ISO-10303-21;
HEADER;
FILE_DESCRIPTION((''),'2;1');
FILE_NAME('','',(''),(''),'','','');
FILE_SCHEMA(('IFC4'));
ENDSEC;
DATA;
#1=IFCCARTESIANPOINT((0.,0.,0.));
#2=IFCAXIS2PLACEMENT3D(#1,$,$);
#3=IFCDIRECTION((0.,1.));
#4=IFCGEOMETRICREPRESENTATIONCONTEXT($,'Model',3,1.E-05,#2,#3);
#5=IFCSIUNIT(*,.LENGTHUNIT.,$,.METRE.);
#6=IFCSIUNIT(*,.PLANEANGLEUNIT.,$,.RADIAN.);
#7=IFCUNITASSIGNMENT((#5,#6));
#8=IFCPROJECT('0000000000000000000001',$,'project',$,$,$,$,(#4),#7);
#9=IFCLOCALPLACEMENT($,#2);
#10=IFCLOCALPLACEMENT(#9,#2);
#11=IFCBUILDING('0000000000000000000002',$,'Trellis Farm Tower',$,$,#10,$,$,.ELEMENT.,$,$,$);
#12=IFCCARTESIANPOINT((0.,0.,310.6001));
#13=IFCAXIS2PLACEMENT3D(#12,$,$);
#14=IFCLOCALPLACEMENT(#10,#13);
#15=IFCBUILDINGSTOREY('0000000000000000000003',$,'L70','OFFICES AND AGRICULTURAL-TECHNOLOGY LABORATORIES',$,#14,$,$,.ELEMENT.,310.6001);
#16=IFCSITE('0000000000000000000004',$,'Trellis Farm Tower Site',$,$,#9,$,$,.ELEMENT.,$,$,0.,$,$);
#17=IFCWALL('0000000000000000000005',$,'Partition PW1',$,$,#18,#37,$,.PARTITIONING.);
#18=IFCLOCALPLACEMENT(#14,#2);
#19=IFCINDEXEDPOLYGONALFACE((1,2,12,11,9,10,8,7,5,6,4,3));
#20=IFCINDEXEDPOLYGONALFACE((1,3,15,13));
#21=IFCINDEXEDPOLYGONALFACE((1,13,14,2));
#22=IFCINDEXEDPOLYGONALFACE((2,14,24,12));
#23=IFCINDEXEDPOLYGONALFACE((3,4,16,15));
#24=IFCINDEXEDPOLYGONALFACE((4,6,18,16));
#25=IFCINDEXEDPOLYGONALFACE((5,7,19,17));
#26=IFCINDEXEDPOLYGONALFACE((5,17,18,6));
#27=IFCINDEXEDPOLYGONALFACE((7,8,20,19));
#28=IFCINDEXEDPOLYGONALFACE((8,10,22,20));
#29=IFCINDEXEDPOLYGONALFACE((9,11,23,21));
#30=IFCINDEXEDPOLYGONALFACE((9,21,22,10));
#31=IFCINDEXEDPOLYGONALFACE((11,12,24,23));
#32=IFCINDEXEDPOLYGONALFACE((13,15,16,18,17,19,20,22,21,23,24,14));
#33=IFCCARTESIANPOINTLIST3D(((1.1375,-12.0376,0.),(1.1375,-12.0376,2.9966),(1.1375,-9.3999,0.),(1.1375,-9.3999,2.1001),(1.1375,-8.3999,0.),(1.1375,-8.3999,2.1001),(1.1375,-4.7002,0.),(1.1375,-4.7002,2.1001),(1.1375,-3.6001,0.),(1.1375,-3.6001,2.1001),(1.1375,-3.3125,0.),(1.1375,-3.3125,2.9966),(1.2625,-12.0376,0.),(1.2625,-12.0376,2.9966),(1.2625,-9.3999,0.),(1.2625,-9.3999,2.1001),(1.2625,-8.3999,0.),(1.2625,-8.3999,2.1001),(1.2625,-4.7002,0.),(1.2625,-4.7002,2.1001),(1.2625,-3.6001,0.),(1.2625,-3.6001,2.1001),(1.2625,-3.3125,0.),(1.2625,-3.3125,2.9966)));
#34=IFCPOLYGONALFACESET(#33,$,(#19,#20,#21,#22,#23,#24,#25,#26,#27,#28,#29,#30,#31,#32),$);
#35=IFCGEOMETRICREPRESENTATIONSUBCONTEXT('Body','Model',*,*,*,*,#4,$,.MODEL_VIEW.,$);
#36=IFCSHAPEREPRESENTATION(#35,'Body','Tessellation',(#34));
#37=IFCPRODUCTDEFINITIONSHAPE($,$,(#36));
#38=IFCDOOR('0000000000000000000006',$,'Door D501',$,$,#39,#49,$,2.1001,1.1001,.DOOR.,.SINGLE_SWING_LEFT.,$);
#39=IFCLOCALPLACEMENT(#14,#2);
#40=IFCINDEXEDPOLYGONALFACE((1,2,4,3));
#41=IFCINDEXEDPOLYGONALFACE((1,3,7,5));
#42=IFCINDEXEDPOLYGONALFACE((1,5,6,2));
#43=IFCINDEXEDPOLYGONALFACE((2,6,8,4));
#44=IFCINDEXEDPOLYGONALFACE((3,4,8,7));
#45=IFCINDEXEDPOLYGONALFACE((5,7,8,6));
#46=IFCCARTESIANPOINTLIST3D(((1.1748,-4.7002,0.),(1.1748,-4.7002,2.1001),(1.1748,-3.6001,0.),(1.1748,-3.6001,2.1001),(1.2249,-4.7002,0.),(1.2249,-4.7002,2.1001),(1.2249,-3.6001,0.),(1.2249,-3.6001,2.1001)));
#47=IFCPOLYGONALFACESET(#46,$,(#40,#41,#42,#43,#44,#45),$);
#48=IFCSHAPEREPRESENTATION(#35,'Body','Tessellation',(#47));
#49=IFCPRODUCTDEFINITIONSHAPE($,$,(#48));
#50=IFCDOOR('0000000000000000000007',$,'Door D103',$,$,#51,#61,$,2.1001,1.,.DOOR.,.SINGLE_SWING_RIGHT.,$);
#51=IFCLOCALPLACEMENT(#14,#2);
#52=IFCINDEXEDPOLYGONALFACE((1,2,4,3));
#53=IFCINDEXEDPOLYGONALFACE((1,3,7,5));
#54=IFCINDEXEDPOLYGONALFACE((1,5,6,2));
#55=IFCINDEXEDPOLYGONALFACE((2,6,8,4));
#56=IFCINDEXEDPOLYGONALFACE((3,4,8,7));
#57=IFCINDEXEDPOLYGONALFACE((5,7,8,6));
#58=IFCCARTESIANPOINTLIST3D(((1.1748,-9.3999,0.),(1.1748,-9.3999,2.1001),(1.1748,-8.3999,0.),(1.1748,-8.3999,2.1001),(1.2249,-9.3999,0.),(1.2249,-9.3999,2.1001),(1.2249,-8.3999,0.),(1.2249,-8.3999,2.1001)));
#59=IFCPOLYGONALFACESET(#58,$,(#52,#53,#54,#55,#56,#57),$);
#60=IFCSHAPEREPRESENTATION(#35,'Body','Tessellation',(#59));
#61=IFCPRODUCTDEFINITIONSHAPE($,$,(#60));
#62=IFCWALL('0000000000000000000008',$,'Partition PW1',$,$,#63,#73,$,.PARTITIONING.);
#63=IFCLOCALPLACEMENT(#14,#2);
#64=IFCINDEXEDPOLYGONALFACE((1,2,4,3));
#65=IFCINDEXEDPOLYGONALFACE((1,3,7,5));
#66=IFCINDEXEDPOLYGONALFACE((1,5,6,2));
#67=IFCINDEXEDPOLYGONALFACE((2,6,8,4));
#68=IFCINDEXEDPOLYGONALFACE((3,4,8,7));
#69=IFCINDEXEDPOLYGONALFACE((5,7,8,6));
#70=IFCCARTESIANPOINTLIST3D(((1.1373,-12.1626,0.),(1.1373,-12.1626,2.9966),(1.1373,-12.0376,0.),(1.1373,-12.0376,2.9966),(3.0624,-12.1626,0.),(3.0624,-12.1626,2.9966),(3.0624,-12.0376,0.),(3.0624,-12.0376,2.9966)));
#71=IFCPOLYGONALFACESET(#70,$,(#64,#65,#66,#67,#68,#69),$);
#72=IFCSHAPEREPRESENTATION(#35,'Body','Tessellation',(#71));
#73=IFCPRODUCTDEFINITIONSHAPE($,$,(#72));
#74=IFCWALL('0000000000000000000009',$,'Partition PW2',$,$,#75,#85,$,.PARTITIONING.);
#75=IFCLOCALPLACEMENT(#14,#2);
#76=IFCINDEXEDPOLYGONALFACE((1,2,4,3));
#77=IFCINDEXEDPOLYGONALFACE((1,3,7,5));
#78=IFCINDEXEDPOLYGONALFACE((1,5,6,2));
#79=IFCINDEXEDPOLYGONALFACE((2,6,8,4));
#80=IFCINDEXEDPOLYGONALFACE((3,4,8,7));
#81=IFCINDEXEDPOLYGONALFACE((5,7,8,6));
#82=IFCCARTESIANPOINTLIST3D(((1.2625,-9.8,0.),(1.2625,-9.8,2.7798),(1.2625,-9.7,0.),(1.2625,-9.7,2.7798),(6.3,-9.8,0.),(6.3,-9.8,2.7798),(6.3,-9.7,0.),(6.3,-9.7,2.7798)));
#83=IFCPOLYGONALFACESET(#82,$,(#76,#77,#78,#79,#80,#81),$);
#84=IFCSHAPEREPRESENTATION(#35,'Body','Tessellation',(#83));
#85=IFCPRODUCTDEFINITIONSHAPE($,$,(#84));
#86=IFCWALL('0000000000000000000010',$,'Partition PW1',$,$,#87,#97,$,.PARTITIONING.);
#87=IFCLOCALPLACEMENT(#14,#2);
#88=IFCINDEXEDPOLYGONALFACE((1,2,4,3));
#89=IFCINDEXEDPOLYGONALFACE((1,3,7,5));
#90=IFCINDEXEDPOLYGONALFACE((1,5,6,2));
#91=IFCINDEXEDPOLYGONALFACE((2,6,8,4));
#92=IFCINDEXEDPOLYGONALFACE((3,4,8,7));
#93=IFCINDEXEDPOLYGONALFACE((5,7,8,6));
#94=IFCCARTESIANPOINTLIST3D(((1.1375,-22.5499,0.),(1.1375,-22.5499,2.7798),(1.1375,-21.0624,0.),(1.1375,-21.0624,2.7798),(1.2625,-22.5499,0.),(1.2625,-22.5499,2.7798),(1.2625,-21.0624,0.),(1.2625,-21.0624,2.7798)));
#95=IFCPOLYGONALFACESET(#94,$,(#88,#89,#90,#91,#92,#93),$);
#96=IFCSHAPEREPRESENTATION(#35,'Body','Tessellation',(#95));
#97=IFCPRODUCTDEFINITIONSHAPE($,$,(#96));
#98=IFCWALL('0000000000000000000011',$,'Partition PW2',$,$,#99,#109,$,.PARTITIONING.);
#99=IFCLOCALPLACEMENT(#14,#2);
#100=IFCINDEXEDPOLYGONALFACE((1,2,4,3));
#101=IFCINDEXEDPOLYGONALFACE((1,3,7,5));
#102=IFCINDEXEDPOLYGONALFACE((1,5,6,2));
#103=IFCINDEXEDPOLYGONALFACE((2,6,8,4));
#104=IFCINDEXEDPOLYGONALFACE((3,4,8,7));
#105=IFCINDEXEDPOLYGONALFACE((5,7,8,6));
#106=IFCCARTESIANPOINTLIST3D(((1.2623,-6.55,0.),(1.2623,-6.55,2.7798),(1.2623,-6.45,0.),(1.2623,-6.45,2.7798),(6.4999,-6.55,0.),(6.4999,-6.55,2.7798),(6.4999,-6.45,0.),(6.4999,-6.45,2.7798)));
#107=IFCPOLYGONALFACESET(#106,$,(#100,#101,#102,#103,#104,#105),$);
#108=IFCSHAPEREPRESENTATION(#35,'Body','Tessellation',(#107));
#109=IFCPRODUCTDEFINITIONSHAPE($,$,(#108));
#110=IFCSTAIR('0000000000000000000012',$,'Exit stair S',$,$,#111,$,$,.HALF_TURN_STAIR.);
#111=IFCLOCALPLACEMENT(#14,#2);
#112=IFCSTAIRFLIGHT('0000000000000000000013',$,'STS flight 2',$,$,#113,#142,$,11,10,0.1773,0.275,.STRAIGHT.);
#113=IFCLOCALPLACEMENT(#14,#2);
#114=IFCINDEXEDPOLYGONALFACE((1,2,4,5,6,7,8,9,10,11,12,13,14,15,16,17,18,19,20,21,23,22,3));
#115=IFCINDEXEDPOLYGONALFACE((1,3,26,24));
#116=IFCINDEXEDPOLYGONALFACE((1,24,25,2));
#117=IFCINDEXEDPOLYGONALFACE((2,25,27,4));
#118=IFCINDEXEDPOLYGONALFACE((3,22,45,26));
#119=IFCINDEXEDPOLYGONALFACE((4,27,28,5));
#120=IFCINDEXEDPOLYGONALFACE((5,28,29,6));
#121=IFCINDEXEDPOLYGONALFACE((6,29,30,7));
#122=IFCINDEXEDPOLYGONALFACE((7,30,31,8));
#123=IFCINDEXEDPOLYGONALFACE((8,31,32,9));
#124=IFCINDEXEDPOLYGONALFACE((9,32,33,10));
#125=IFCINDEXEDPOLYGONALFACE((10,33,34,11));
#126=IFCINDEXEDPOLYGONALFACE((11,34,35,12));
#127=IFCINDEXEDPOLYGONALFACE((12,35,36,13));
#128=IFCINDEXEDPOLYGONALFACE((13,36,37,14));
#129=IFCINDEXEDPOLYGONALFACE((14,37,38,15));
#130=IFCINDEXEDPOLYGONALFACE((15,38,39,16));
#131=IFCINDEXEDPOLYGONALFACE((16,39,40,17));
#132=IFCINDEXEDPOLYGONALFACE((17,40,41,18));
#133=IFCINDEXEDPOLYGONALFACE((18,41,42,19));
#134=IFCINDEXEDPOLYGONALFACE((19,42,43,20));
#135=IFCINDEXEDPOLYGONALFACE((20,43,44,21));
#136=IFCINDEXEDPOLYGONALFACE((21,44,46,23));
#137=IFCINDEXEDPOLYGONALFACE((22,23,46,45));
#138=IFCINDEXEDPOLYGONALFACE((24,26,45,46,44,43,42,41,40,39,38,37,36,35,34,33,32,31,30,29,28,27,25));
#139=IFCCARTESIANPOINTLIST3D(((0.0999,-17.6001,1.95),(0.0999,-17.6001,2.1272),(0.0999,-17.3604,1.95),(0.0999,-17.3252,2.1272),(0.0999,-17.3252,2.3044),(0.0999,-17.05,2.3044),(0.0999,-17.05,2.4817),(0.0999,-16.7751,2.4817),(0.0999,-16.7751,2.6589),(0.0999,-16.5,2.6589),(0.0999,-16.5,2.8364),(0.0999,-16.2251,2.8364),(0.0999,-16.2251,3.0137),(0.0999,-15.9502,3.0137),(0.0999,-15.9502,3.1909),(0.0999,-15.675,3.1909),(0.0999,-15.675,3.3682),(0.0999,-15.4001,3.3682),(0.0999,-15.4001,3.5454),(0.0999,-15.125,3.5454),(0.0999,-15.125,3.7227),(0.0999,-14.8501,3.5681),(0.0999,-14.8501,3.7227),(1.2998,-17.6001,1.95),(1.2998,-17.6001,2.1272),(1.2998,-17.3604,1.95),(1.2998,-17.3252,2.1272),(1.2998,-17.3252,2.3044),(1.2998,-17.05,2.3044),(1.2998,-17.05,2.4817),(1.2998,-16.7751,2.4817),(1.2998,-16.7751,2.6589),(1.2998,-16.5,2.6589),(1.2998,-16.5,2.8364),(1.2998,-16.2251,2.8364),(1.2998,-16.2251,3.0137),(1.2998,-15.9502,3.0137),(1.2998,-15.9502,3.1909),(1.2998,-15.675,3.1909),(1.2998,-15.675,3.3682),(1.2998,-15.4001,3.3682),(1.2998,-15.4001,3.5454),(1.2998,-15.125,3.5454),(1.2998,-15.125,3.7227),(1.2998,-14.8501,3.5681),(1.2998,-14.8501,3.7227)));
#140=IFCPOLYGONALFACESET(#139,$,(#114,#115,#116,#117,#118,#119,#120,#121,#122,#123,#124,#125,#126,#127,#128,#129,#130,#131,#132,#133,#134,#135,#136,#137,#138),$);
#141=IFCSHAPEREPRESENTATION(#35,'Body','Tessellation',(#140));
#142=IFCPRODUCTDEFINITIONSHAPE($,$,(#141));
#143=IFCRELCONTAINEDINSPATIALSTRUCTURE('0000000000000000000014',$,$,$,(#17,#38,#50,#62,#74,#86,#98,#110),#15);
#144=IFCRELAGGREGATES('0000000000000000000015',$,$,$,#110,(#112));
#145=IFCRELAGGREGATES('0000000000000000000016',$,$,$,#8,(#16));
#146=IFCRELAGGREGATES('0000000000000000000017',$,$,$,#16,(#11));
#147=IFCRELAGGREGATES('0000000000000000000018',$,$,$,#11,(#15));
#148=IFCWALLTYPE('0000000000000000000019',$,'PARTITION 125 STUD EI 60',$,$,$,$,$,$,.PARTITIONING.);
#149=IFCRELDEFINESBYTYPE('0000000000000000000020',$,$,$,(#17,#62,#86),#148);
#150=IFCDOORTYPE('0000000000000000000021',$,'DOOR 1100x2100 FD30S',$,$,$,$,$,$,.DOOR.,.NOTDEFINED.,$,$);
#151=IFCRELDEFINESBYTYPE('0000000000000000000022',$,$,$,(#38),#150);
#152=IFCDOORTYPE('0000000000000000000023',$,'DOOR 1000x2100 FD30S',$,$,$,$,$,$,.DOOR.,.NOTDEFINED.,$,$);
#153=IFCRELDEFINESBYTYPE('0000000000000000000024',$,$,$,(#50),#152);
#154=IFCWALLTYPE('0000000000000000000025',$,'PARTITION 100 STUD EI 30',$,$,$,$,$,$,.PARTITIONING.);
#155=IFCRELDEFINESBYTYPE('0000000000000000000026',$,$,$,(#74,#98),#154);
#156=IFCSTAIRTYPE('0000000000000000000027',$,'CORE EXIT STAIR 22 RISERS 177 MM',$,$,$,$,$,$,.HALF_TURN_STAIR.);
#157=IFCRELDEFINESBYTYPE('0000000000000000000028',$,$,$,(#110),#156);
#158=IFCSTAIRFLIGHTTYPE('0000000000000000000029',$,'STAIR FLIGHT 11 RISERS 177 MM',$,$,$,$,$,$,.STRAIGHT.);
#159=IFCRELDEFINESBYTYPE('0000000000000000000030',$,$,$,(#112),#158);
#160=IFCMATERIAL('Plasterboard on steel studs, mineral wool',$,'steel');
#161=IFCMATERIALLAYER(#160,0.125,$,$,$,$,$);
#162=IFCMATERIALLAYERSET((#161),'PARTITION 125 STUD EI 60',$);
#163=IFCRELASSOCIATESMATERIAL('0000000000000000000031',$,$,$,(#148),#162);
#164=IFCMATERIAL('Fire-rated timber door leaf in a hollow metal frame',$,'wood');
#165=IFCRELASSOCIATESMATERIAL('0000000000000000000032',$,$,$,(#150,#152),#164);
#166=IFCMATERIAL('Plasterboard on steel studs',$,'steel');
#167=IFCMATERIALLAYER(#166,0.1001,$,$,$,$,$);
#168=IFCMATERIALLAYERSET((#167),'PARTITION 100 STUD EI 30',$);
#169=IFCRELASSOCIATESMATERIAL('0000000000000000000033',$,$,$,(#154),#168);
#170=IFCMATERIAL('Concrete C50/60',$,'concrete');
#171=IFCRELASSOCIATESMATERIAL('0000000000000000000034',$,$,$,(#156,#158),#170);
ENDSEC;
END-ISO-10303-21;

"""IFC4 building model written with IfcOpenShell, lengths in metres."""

from ifc_helpers import new_model, si_unit, direction, frame, frame_2d, origin, place, context, subcontext, project, spatial, polyline, rectangle, outline, extrude, source, transform, mapped, material, layer, layer_set, type_object, element, fill, aggregate, save


model = new_model("IFC4")

# Units and contexts
model_context = context("Model", 3, precision=1e-05, world=origin(), true_north=direction((0.0, 1.0)))
body_context = subcontext(model_context, "Body", "Model", "MODEL_VIEW")
ifc_project = project(units=[si_unit("LENGTHUNIT", "METRE"), si_unit("PLANEANGLEUNIT", "RADIAN")], contexts=[model_context])

# Site, building, storey
site_placement = place(None, origin())
site = spatial("IfcSite", under=ifc_project, at=site_placement, Name="Trellis Farm Tower Site", CompositionType="ELEMENT", RefElevation=0.0)
building_placement = place(site_placement, origin())
building = spatial("IfcBuilding", under=site, at=building_placement, Name="Trellis Farm Tower", CompositionType="ELEMENT")
storey_placement = place(building_placement, frame((0.0, 0.0, 310.6001)))
storey = spatial("IfcBuildingStorey", under=building, at=storey_placement, Name="L70", Description="OFFICES AND AGRICULTURAL-TECHNOLOGY LABORATORIES", CompositionType="ELEMENT", Elevation=310.6001)

# Shared definitions
placement_1 = place(storey_placement, origin())

# Shared definitions
ifc_material_1 = material(Name="Concrete C50/60", Category="concrete")

# Wall, openings, doors
ifc_material_2 = material(Name="Plasterboard on steel studs, mineral wool", Category="steel")
ifc_layer_1 = layer(ifc_material_2, 0.125)
ifc_layer_set_1 = layer_set([ifc_layer_1], Name="PARTITION 125 STUD EI 60")
wall_type_1 = type_object("IfcWallType", Name="PARTITION 125 STUD EI 60", PredefinedType="PARTITIONING", material=ifc_layer_set_1)
shared_shape_1 = source(origin(), body_context, "Body", "SweptSolid", [
    extrude(rectangle(XDim=8.7251, YDim=0.125, at=frame_2d((4.3625, 0.0))), origin(), (0.0, 0.0, 1.0), 2.9966),
])
wall_1_placement = place(storey_placement, frame((1.2, -3.3125, 0.0), z_axis=(0.0, 0.0, 1.0), x_axis=(0.0, -1.0, 0.0)))
wall_1 = element("IfcWall", 1, at=wall_1_placement, inside=storey, type_object=wall_type_1, Name="Partition PW1", PredefinedType="PARTITIONING", context=body_context, shape_type="MappedRepresentation", body=[
    mapped(shared_shape_1, transform((0.0, 0.0, 0.0))),
])
shared_shape_2 = source(origin(), body_context, "Body", "SweptSolid", [
    extrude(rectangle(XDim=1.0, YDim=2.1001, at=frame_2d((0.5, 1.05))), frame((0.0, 0.0725, 0.0), z_axis=(0.0, -1.0, 0.0), x_axis=(1.0, 0.0, 0.0)), (0.0, 0.0, 1.0), 0.145),
])
opening_1_placement = place(wall_1_placement, frame((5.0874, 0.0, 0.0)))
opening_1 = element("IfcOpeningElement", 2, at=opening_1_placement, cuts=wall_1, PredefinedType="OPENING", context=body_context, shape_type="MappedRepresentation", body=[
    mapped(shared_shape_2, transform((0.0, 0.0, 0.0))),
])
shared_shape_3 = source(origin(), body_context, "Body", "SweptSolid", [
    extrude(rectangle(XDim=1.1001, YDim=2.1001, at=frame_2d((0.55, 1.05))), frame((0.0, 0.0725, 0.0), z_axis=(0.0, -1.0, 0.0), x_axis=(1.0, 0.0, 0.0)), (0.0, 0.0, 1.0), 0.145),
])
opening_2_placement = place(wall_1_placement, frame((0.2876, 0.0, 0.0)))
opening_2 = element("IfcOpeningElement", 3, at=opening_2_placement, cuts=wall_1, PredefinedType="OPENING", context=body_context, shape_type="MappedRepresentation", body=[
    mapped(shared_shape_3, transform((0.0, 0.0, 0.0))),
])
ifc_material_3 = material(Name="Fire-rated timber door leaf in a hollow metal frame", Category="wood")
door_type_1 = type_object("IfcDoorType", Name="DOOR 1100x2100 FD30S", OperationType="NOTDEFINED", PredefinedType="DOOR", material=ifc_material_3)
shared_shape_4 = source(origin(), body_context, "Body", "SweptSolid", [
    extrude(rectangle(XDim=1.1001, YDim=2.1001, at=frame_2d((0.55, 1.05))), frame((0.0, 0.0249, 0.0), z_axis=(0.0, -1.0, 0.0), x_axis=(1.0, 0.0, 0.0)), (0.0, 0.0, 1.0), 0.05),
])
door_1_placement = place(opening_2_placement, origin())
door_1 = element("IfcDoor", 4, at=door_1_placement, inside=storey, type_object=door_type_1, Name="Door D501", OperationType="SINGLE_SWING_LEFT", OverallHeight=2.1001, OverallWidth=1.1001, PredefinedType="DOOR", context=body_context, shape_type="MappedRepresentation", body=[
    mapped(shared_shape_4, transform((0.0, 0.0, 0.0))),
])
fill(opening_2, door_1)
door_type_2 = type_object("IfcDoorType", Name="DOOR 1000x2100 FD30S", OperationType="NOTDEFINED", PredefinedType="DOOR", material=ifc_material_3)
shared_shape_5 = source(origin(), body_context, "Body", "SweptSolid", [
    extrude(rectangle(XDim=1.0, YDim=2.1001, at=frame_2d((0.5, 1.05))), frame((0.0, 0.0249, 0.0), z_axis=(0.0, -1.0, 0.0), x_axis=(1.0, 0.0, 0.0)), (0.0, 0.0, 1.0), 0.05),
])
door_2_placement = place(opening_1_placement, origin())
door_2 = element("IfcDoor", 5, at=door_2_placement, inside=storey, type_object=door_type_2, Name="Door D103", OperationType="SINGLE_SWING_RIGHT", OverallHeight=2.1001, OverallWidth=1.0, PredefinedType="DOOR", context=body_context, shape_type="MappedRepresentation", body=[
    mapped(shared_shape_5, transform((0.0, 0.0, 0.0))),
])
fill(opening_1, door_2)

# Walls
shared_shape_6 = source(origin(), body_context, "Body", "SweptSolid", [
    extrude(rectangle(XDim=1.925, YDim=0.125, at=frame_2d((0.9624, 0.0))), origin(), (0.0, 0.0, 1.0), 2.9966),
])
wall_2_placement = place(storey_placement, frame((1.1375, -12.1001, 0.0), z_axis=(0.0, 0.0, 1.0), x_axis=(1.0, 0.0, 0.0)))
element("IfcWall", 6, at=wall_2_placement, inside=storey, type_object=wall_type_1, Name="Partition PW1", PredefinedType="PARTITIONING", context=body_context, shape_type="MappedRepresentation", body=[
    mapped(shared_shape_6, transform((0.0, 0.0, 0.0))),
])
ifc_material_4 = material(Name="Plasterboard on steel studs", Category="steel")
ifc_layer_2 = layer(ifc_material_4, 0.1001)
ifc_layer_set_2 = layer_set([ifc_layer_2], Name="PARTITION 100 STUD EI 30")
wall_type_2 = type_object("IfcWallType", Name="PARTITION 100 STUD EI 30", PredefinedType="PARTITIONING", material=ifc_layer_set_2)
shared_shape_7 = source(origin(), body_context, "Body", "SweptSolid", [
    extrude(rectangle(XDim=5.0376, YDim=0.1001, at=frame_2d((2.5188, 0.0))), origin(), (0.0, 0.0, 1.0), 2.7798),
])
wall_3_placement = place(storey_placement, frame((1.2625, -9.75, 0.0), z_axis=(0.0, 0.0, 1.0), x_axis=(1.0, 0.0, 0.0)))
element("IfcWall", 7, at=wall_3_placement, inside=storey, type_object=wall_type_2, Name="Partition PW2", PredefinedType="PARTITIONING", context=body_context, shape_type="MappedRepresentation", body=[
    mapped(shared_shape_7, transform((0.0, 0.0, 0.0))),
])
shared_shape_8 = source(origin(), body_context, "Body", "SweptSolid", [
    extrude(rectangle(XDim=1.4875, YDim=0.125, at=frame_2d((0.7437, 0.0))), origin(), (0.0, 0.0, 1.0), 2.7798),
])
wall_4_placement = place(storey_placement, frame((1.2, -21.0625, 0.0), z_axis=(0.0, 0.0, 1.0), x_axis=(0.0, -1.0, 0.0)))
element("IfcWall", 8, at=wall_4_placement, inside=storey, type_object=wall_type_1, Name="Partition PW1", PredefinedType="PARTITIONING", context=body_context, shape_type="MappedRepresentation", body=[
    mapped(shared_shape_8, transform((0.0, 0.0, 0.0))),
])
shared_shape_9 = source(origin(), body_context, "Body", "SweptSolid", [
    extrude(rectangle(XDim=5.2375, YDim=0.1001, at=frame_2d((2.6187, 0.0))), origin(), (0.0, 0.0, 1.0), 2.7798),
])
wall_5_placement = place(storey_placement, frame((1.2625, -6.5, 0.0), z_axis=(0.0, 0.0, 1.0), x_axis=(1.0, 0.0, 0.0)))
element("IfcWall", 9, at=wall_5_placement, inside=storey, type_object=wall_type_2, Name="Partition PW2", PredefinedType="PARTITIONING", context=body_context, shape_type="MappedRepresentation", body=[
    mapped(shared_shape_9, transform((0.0, 0.0, 0.0))),
])

# Stair, stair flight
stair_type = type_object("IfcStairType", Name="CORE EXIT STAIR 22 RISERS 177 MM", PredefinedType="HALF_TURN_STAIR", material=ifc_material_1)
stair = element("IfcStair", 10, at=placement_1, inside=storey, type_object=stair_type, Name="Exit stair S", PredefinedType="HALF_TURN_STAIR")
stair_flight_type = type_object("IfcStairFlightType", Name="STAIR FLIGHT 11 RISERS 177 MM", PredefinedType="STRAIGHT", material=ifc_material_1)
shared_shape_10 = source(origin(), body_context, "Body", "SweptSolid", [
    extrude(outline(polyline([(0.0, 0.0), (0.0, 0.1772), (0.2749, 0.1772), (0.2749, 0.3545), (0.55, 0.3545), (0.55, 0.5317), (0.825, 0.5317), (0.825, 0.709), (1.1001, 0.709), (1.1001, 0.8865), (1.375, 0.8865), (1.375, 1.0637), (1.6499, 1.0637), (1.6499, 1.241), (1.925, 1.241), (1.925, 1.4182), (2.2, 1.4182), (2.2, 1.5955), (2.4751, 1.5955), (2.4751, 1.7727), (2.75, 1.7727), (2.75, 1.95), (2.75, 1.6182), (0.2397, 0.0), (0.0, 0.0)])), frame((0.0, 0.6001, 0.0), z_axis=(0.0, -1.0, 0.0), x_axis=(1.0, 0.0, 0.0)), (0.0, 0.0, 1.0), 1.2),
])
stair_flight_placement = place(storey_placement, frame((0.7, -17.6001, 1.95), z_axis=(0.0, 0.0, 1.0), x_axis=(0.0, 1.0, 0.0)))
stair_flight = element("IfcStairFlight", 11, at=stair_flight_placement, type_object=stair_flight_type, Name="STS flight 2", NumberOfRisers=11, NumberOfTreads=10, PredefinedType="STRAIGHT", RiserHeight=0.1773, TreadLength=0.275, context=body_context, shape_type="MappedRepresentation", body=[
    mapped(shared_shape_10, transform((0.0, 0.0, 0.0))),
])
aggregate(stair, [stair_flight])

save(model, "model.ifc")
